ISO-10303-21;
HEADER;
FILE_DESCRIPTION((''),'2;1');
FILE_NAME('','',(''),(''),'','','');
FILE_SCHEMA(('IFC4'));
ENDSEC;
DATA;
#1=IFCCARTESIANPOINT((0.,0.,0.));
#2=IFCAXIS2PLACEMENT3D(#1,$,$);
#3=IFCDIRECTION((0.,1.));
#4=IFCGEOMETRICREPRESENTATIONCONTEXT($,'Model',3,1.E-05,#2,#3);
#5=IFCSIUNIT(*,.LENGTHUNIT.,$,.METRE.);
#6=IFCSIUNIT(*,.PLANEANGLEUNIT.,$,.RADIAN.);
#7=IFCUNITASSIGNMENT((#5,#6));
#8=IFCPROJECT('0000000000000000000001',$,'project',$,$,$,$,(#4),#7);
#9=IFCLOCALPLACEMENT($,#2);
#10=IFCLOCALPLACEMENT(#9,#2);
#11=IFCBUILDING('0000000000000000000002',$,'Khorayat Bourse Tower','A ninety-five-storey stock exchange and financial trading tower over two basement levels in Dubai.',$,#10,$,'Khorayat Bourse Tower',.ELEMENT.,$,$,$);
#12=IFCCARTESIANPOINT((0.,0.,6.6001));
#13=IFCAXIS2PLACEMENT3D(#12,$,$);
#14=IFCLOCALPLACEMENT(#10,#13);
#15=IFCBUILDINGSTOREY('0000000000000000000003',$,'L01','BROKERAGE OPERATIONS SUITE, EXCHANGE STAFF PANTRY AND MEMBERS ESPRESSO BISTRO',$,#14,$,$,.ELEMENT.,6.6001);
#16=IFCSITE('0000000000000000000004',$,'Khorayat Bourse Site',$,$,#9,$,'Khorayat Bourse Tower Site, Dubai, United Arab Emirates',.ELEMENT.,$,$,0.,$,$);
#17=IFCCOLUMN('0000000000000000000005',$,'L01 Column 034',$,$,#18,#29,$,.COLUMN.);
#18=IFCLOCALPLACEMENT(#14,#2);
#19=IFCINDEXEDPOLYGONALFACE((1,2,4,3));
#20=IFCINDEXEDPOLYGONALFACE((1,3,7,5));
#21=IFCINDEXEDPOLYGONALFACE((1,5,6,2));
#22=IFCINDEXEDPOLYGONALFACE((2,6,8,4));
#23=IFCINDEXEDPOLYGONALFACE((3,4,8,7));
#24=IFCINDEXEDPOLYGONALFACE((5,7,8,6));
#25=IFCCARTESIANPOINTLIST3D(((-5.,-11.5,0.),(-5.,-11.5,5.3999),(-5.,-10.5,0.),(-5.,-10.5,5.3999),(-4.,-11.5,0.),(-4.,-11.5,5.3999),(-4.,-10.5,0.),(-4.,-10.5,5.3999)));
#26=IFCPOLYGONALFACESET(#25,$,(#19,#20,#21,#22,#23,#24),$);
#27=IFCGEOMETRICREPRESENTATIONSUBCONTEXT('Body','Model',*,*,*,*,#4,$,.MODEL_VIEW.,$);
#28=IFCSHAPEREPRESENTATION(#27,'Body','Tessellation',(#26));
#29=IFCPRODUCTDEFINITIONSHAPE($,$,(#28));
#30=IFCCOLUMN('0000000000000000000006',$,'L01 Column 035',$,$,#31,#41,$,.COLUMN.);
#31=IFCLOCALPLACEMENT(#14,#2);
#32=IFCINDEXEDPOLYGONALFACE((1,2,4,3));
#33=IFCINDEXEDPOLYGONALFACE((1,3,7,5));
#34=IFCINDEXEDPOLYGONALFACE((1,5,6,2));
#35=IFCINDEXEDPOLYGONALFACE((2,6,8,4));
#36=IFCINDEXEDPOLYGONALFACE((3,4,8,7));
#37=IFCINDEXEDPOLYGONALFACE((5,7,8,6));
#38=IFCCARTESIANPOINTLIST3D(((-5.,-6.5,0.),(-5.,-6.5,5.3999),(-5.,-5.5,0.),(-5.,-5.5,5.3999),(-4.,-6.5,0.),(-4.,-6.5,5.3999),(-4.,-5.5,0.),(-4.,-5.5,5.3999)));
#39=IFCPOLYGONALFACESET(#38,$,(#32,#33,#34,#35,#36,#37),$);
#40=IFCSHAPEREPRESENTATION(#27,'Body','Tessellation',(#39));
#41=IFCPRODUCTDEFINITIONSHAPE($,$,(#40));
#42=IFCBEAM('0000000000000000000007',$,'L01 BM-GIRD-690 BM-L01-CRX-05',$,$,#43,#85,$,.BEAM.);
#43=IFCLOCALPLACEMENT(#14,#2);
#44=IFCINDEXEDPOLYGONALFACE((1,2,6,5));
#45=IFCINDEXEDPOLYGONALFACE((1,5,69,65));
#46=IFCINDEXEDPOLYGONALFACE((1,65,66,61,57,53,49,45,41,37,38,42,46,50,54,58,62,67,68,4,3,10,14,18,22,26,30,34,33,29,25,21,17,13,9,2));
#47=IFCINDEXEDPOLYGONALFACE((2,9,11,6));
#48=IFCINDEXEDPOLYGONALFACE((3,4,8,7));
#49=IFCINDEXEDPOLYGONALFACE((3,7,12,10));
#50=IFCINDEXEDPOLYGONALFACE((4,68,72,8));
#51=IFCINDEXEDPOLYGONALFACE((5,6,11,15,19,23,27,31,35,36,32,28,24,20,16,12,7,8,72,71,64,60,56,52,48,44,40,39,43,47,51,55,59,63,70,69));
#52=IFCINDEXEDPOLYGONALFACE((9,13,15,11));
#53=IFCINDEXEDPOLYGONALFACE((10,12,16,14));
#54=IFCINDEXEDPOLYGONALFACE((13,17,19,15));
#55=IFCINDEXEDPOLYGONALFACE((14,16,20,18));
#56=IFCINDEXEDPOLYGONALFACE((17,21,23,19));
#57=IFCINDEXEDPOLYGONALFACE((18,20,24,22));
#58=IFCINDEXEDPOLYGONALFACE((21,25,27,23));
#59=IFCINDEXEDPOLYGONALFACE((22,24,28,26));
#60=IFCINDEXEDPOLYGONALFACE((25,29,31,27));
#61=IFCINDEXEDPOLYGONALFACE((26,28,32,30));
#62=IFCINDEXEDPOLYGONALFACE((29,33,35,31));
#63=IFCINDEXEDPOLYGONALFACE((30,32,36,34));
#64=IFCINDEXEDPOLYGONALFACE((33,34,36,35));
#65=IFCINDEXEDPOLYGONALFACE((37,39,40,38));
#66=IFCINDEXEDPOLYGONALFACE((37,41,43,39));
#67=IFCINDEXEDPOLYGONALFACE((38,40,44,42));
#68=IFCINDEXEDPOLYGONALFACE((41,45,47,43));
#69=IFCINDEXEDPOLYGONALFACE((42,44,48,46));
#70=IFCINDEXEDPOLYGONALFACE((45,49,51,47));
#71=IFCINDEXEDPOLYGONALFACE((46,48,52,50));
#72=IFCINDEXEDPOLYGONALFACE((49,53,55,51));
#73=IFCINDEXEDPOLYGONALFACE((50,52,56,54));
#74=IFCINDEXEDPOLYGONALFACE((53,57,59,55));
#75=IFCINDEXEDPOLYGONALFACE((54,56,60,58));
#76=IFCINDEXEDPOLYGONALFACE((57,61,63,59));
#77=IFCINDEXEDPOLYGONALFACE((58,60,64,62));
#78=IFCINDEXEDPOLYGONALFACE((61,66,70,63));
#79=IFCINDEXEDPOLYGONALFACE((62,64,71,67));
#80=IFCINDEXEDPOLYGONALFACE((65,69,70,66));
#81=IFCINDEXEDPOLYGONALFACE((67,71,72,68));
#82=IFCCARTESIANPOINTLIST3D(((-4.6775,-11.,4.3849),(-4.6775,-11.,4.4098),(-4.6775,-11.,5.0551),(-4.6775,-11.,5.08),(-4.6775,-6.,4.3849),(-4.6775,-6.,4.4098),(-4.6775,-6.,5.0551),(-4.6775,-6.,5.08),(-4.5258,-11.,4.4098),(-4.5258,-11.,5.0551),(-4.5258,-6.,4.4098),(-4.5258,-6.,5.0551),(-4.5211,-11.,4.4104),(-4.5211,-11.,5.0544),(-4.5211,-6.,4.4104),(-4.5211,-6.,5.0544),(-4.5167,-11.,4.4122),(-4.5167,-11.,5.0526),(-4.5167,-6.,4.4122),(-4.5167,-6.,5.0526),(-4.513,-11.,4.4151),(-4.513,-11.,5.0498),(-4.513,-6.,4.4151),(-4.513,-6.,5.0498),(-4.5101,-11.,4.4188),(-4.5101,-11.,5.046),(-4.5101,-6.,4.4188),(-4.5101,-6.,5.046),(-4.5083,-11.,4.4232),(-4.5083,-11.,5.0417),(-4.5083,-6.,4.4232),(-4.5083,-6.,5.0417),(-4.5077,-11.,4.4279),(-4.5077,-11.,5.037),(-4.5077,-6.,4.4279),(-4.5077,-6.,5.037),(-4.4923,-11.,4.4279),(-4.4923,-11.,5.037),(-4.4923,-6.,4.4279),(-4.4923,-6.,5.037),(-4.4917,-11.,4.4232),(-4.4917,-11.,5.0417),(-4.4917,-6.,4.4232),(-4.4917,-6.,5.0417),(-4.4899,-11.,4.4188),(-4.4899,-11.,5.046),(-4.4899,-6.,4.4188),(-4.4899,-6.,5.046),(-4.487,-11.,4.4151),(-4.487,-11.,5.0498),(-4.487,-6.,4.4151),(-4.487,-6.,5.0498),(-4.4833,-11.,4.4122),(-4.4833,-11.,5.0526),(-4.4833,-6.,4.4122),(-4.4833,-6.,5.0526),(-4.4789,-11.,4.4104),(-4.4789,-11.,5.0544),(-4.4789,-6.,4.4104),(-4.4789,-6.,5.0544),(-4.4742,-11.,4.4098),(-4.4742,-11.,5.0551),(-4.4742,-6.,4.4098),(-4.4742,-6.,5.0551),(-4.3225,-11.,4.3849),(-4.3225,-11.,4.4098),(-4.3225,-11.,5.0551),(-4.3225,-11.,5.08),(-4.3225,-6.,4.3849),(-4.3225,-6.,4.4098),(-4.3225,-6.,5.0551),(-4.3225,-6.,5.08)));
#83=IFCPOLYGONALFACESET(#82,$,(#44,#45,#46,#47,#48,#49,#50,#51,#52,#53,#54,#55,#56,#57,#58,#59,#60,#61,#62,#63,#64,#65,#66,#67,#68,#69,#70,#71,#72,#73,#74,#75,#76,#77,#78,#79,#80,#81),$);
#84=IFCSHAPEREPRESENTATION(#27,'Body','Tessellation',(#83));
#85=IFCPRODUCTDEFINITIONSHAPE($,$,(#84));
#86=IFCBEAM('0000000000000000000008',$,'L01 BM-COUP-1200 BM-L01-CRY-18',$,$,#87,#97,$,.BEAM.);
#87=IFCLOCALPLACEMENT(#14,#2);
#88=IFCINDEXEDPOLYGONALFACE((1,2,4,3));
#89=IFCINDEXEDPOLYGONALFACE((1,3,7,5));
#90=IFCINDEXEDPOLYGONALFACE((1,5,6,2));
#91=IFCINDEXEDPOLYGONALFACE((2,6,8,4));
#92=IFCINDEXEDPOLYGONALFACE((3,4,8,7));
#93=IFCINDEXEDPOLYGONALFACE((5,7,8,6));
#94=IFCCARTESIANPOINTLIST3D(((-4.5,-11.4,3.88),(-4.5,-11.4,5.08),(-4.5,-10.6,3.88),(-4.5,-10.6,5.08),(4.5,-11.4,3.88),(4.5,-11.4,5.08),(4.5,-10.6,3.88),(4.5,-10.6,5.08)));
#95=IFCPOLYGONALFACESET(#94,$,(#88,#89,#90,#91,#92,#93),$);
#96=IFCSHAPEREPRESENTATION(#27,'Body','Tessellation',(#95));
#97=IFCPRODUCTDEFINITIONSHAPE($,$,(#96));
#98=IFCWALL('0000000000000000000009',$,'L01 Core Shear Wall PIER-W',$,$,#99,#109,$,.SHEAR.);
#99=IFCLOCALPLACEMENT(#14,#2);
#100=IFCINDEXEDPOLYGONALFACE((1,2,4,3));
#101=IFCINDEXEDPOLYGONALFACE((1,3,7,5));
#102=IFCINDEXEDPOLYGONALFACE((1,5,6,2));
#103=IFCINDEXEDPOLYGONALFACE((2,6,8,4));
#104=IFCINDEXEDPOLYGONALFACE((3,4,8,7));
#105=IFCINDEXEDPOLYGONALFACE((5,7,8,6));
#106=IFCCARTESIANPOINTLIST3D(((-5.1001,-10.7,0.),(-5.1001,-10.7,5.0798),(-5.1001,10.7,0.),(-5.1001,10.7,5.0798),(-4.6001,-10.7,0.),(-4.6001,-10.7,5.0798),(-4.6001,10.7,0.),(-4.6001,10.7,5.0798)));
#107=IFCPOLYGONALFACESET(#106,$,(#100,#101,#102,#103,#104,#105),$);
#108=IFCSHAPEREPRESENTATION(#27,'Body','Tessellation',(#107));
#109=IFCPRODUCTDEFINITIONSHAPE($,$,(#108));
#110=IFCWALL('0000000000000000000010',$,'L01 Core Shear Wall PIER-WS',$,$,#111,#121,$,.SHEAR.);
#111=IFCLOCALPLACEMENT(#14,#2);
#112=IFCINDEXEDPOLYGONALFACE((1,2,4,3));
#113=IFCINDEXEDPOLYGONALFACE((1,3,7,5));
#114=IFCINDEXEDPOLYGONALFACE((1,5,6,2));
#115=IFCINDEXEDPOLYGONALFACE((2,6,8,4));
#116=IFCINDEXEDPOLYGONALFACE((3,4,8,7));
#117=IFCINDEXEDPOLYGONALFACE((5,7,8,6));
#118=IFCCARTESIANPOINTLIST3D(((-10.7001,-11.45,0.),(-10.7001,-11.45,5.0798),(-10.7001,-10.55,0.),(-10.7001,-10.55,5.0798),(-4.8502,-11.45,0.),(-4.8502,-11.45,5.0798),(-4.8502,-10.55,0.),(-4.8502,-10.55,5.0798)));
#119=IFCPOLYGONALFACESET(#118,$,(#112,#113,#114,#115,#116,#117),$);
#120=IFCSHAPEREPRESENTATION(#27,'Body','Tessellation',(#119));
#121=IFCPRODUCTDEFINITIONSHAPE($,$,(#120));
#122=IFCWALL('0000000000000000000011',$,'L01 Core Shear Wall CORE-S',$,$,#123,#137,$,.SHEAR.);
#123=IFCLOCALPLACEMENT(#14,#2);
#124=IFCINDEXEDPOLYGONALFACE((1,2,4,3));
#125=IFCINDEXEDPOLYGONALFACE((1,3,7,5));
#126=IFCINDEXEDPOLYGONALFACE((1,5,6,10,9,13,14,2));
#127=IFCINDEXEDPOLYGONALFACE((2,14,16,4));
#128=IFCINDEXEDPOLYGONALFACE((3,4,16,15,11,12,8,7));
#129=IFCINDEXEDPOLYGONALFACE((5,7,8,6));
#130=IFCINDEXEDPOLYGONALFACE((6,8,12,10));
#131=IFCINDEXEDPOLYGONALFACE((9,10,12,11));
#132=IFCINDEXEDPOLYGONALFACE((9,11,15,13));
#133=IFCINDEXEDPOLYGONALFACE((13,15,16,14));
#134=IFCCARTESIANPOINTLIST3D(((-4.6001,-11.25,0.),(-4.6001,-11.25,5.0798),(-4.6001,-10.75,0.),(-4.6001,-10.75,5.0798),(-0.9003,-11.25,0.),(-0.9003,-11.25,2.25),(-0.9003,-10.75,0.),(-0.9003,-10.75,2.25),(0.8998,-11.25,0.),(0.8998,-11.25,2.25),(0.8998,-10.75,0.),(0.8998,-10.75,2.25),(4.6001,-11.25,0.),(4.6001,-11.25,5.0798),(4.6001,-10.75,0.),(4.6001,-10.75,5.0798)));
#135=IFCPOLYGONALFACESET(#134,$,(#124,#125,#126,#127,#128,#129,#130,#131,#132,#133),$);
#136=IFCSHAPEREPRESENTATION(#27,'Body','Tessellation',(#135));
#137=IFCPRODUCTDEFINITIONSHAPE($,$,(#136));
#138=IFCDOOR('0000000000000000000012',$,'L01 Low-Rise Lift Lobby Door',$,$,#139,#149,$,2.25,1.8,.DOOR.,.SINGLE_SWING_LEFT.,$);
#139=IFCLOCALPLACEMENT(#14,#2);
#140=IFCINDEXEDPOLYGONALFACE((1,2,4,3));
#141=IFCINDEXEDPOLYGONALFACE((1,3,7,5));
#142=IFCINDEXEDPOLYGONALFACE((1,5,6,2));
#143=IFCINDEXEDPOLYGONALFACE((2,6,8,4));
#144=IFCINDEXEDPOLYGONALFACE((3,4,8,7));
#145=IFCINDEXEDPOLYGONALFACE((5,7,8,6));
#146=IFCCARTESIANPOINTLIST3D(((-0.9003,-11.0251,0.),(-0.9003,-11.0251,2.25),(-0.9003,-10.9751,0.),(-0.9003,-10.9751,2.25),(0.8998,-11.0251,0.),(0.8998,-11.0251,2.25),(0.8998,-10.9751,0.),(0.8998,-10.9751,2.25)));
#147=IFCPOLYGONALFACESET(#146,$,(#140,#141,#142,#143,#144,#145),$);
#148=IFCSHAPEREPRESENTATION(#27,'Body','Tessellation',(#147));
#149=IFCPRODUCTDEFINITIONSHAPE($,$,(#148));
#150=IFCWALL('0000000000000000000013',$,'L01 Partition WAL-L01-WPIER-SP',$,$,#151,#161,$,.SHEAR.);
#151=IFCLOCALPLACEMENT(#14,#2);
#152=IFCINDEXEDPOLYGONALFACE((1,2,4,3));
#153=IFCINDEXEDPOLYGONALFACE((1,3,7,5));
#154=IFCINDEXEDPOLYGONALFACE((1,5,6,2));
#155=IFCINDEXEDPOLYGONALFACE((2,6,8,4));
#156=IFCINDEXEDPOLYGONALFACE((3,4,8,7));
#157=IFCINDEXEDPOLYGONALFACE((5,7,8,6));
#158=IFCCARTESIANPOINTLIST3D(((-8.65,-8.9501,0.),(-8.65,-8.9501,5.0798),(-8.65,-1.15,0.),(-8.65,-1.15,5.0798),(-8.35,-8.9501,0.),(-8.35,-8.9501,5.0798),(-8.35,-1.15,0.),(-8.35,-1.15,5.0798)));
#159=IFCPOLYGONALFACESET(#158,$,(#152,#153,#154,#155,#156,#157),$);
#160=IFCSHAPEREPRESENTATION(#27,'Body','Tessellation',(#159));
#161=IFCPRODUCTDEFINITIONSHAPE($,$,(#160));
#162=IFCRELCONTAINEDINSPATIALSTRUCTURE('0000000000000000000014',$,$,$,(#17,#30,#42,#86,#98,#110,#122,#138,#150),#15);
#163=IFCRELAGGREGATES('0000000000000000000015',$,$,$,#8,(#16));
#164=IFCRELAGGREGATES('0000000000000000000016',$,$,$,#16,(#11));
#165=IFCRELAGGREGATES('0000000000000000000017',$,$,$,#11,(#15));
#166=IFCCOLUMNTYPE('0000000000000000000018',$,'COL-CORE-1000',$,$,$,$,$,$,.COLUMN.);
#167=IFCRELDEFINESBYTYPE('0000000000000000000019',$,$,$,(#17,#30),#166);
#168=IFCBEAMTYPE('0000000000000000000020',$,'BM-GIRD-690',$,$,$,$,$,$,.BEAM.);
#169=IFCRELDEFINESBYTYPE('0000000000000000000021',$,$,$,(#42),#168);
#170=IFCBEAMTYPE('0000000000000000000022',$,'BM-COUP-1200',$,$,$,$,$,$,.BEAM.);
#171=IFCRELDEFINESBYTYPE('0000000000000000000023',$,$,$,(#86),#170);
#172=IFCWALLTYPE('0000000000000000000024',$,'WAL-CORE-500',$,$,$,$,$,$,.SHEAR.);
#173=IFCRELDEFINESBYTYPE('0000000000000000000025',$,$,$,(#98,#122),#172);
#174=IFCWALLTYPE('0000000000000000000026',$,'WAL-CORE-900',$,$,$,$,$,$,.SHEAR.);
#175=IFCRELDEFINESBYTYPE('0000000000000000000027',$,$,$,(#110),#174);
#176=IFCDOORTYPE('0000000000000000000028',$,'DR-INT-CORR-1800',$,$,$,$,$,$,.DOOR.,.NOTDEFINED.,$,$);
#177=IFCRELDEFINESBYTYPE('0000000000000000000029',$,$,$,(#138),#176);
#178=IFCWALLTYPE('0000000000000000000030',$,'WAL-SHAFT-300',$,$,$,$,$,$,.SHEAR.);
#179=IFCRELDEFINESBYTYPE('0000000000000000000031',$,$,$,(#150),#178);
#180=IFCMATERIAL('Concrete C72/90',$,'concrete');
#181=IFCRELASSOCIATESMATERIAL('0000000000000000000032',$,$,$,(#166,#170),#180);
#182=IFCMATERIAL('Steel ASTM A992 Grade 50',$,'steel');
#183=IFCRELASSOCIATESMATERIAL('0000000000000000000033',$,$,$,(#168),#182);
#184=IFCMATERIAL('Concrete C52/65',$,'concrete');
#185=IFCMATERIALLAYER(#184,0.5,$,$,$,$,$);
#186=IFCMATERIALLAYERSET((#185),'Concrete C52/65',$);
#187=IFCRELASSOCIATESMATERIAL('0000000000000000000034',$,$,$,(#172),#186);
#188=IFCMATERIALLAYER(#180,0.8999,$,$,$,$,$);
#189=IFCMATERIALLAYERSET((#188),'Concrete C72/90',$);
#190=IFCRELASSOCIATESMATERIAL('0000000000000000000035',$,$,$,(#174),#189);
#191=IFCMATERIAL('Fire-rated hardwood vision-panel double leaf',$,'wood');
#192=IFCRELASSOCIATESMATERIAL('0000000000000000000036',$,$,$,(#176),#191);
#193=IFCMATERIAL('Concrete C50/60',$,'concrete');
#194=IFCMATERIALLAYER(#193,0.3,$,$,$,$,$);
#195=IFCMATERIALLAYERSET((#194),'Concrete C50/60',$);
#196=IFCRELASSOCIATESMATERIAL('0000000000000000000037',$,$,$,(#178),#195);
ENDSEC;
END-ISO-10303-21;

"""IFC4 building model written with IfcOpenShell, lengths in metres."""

from ifc_helpers import new_model, si_unit, direction, frame, frame_2d, origin, origin_2d, place, context, subcontext, project, spatial, rectangle, i_section, extrude, source, transform, mapped, material, layer, layer_set, material_profile, profile_set, type_object, element, fill, save


model = new_model("IFC4")

# Units and contexts
model_context = context("Model", 3, precision=1e-05, world=origin(), true_north=direction((0.0, 1.0)))
body_context = subcontext(model_context, "Body", "Model", "MODEL_VIEW")
ifc_project = project(units=[si_unit("LENGTHUNIT", "METRE"), si_unit("PLANEANGLEUNIT", "RADIAN")], contexts=[model_context])

# Site, building, storey
site_placement = place(None, origin())
site = spatial("IfcSite", under=ifc_project, at=site_placement, Name="Khorayat Bourse Site", LongName="Khorayat Bourse Tower Site, Dubai, United Arab Emirates", CompositionType="ELEMENT", RefElevation=0.0)
building_placement = place(site_placement, origin())
building = spatial("IfcBuilding", under=site, at=building_placement, Name="Khorayat Bourse Tower", Description="A ninety-five-storey stock exchange and financial trading tower over two basement levels in Dubai.", LongName="Khorayat Bourse Tower", CompositionType="ELEMENT")
storey_placement = place(building_placement, frame((0.0, 0.0, 6.6001)))
storey = spatial("IfcBuildingStorey", under=building, at=storey_placement, Name="L01", Description="BROKERAGE OPERATIONS SUITE, EXCHANGE STAFF PANTRY AND MEMBERS ESPRESSO BISTRO", CompositionType="ELEMENT", Elevation=6.6001)

# Columns
ifc_material_1 = material(Name="Concrete C72/90", Category="concrete")
ifc_material_profile_1 = material_profile(ifc_material_1, rectangle(XDim=1.0, YDim=1.0, at=origin_2d()), Name="RC 1000x1000")
ifc_profile_set_1 = profile_set([ifc_material_profile_1], Name="Concrete C72/90")
column_type = type_object("IfcColumnType", Name="COL-CORE-1000", PredefinedType="COLUMN", material=ifc_profile_set_1)
shared_shape_1 = source(origin(), body_context, "Body", "SweptSolid", [
    extrude(rectangle(XDim=1.0, YDim=1.0, at=origin_2d()), origin(), (0.0, 0.0, 1.0), 5.3999),
])
for number, where, z_axis, x_axis, name in (
    (1, (-4.5, -11.0, 0.0), (0.0, 0.0, 1.0), (1.0, 0.0, 0.0), "L01 Column 034"),
    (2, (-4.5, -6.0, 0.0), (0.0, 0.0, 1.0), (1.0, 0.0, 0.0), "L01 Column 035"),
):
    element("IfcColumn", number, at=place(storey_placement, frame(where, z_axis=z_axis, x_axis=x_axis)), inside=storey, type_object=column_type, Name=name, PredefinedType="COLUMN", context=body_context, shape_type="MappedRepresentation", body=[
        mapped(shared_shape_1, transform((0.0, 0.0, 0.0), scale=1.0)),
    ])

# Beams
ifc_material_2 = material(Name="Steel ASTM A992 Grade 50", Category="steel")
ifc_material_profile_2 = material_profile(ifc_material_2, i_section(OverallWidth=0.355, OverallDepth=0.6951, WebThickness=0.0154, FlangeThickness=0.0249, FilletRadius=0.0181, at=origin_2d()), Name="W690X217")
ifc_profile_set_2 = profile_set([ifc_material_profile_2], Name="Steel ASTM A992 Grade 50")
beam_type_1 = type_object("IfcBeamType", Name="BM-GIRD-690", PredefinedType="BEAM", material=ifc_profile_set_2)
shared_shape_2 = source(origin(), body_context, "Body", "SweptSolid", [
    extrude(i_section(OverallWidth=0.355, OverallDepth=0.6951, WebThickness=0.0154, FlangeThickness=0.0249, FilletRadius=0.0181, at=origin_2d()), origin(), (0.0, 0.0, 1.0), 5.0),
])
beam_1_placement = place(storey_placement, frame((-4.5, -11.0, 4.7324), z_axis=(0.0, 1.0, 0.0), x_axis=(-1.0, 0.0, 0.0)))
element("IfcBeam", 3, at=beam_1_placement, inside=storey, type_object=beam_type_1, Name="L01 BM-GIRD-690 BM-L01-CRX-05", PredefinedType="BEAM", context=body_context, shape_type="MappedRepresentation", body=[
    mapped(shared_shape_2, transform((0.0, 0.0, 0.0), scale=1.0)),
])
ifc_material_profile_3 = material_profile(ifc_material_1, rectangle(XDim=0.8, YDim=1.2, at=origin_2d()), Name="RC 800x1200")
ifc_profile_set_3 = profile_set([ifc_material_profile_3], Name="Concrete C72/90")
beam_type_2 = type_object("IfcBeamType", Name="BM-COUP-1200", PredefinedType="BEAM", material=ifc_profile_set_3)
shared_shape_3 = source(origin(), body_context, "Body", "SweptSolid", [
    extrude(rectangle(XDim=0.8, YDim=1.2, at=origin_2d()), origin(), (0.0, 0.0, 1.0), 9.0),
])
beam_2_placement = place(storey_placement, frame((-4.5, -11.0, 4.48), z_axis=(1.0, 0.0, 0.0), x_axis=(0.0, 1.0, 0.0)))
element("IfcBeam", 4, at=beam_2_placement, inside=storey, type_object=beam_type_2, Name="L01 BM-COUP-1200 BM-L01-CRY-18", PredefinedType="BEAM", context=body_context, shape_type="MappedRepresentation", body=[
    mapped(shared_shape_3, transform((0.0, 0.0, 0.0), scale=1.0)),
])

# Walls
ifc_material_3 = material(Name="Concrete C52/65", Category="concrete")
ifc_layer_1 = layer(ifc_material_3, 0.5)
ifc_layer_set_1 = layer_set([ifc_layer_1], Name="Concrete C52/65")
wall_type_1 = type_object("IfcWallType", Name="WAL-CORE-500", PredefinedType="SHEAR", material=ifc_layer_set_1)
shared_shape_4 = source(origin(), body_context, "Body", "SweptSolid", [
    extrude(rectangle(XDim=21.3999, YDim=0.5, at=frame_2d((10.7, 0.0))), origin(), (0.0, 0.0, 1.0), 5.0798),
])
wall_1_placement = place(storey_placement, frame((-4.8501, -10.7, 0.0), z_axis=(0.0, 0.0, 1.0), x_axis=(0.0, 1.0, 0.0)))
element("IfcWall", 5, at=wall_1_placement, inside=storey, type_object=wall_type_1, Name="L01 Core Shear Wall PIER-W", PredefinedType="SHEAR", context=body_context, shape_type="MappedRepresentation", body=[
    mapped(shared_shape_4, transform((0.0, 0.0, 0.0), scale=1.0)),
])
ifc_layer_2 = layer(ifc_material_1, 0.8999)
ifc_layer_set_2 = layer_set([ifc_layer_2], Name="Concrete C72/90")
wall_type_2 = type_object("IfcWallType", Name="WAL-CORE-900", PredefinedType="SHEAR", material=ifc_layer_set_2)
shared_shape_5 = source(origin(), body_context, "Body", "SweptSolid", [
    extrude(rectangle(XDim=5.8499, YDim=0.8999, at=frame_2d((2.9248, 0.0))), origin(), (0.0, 0.0, 1.0), 5.0798),
])
wall_2_placement = place(storey_placement, frame((-10.7, -11.0, 0.0), z_axis=(0.0, 0.0, 1.0), x_axis=(1.0, 0.0, 0.0)))
element("IfcWall", 6, at=wall_2_placement, inside=storey, type_object=wall_type_2, Name="L01 Core Shear Wall PIER-WS", PredefinedType="SHEAR", context=body_context, shape_type="MappedRepresentation", body=[
    mapped(shared_shape_5, transform((0.0, 0.0, 0.0), scale=1.0)),
])

# Wall, opening, door
shared_shape_6 = source(origin(), body_context, "Body", "SweptSolid", [
    extrude(rectangle(XDim=9.2002, YDim=0.5, at=frame_2d((4.6001, 0.0))), origin(), (0.0, 0.0, 1.0), 5.0798),
])
wall_3_placement = place(storey_placement, frame((-4.6001, -11.0, 0.0), z_axis=(0.0, 0.0, 1.0), x_axis=(1.0, 0.0, 0.0)))
wall_3 = element("IfcWall", 7, at=wall_3_placement, inside=storey, type_object=wall_type_1, Name="L01 Core Shear Wall CORE-S", PredefinedType="SHEAR", context=body_context, shape_type="MappedRepresentation", body=[
    mapped(shared_shape_6, transform((0.0, 0.0, 0.0), scale=1.0)),
])
shared_shape_7 = source(origin(), body_context, "Body", "SweptSolid", [
    extrude(rectangle(XDim=1.8, YDim=2.25, at=frame_2d((0.8999, 1.125))), frame((0.0, 0.26, 0.0), z_axis=(0.0, -1.0, 0.0), x_axis=(1.0, 0.0, 0.0)), (0.0, 0.0, 1.0), 0.52),
])
opening_1_placement = place(wall_3_placement, frame((3.7, 0.0, 0.0)))
opening_1 = element("IfcOpeningElement", 8, at=opening_1_placement, cuts=wall_3, PredefinedType="OPENING", context=body_context, shape_type="MappedRepresentation", body=[
    mapped(shared_shape_7, transform((0.0, 0.0, 0.0), scale=1.0)),
])
ifc_material_4 = material(Name="Fire-rated hardwood vision-panel double leaf", Category="wood")
door_type_1 = type_object("IfcDoorType", Name="DR-INT-CORR-1800", OperationType="NOTDEFINED", PredefinedType="DOOR", material=ifc_material_4)
shared_shape_8 = source(origin(), body_context, "Body", "SweptSolid", [
    extrude(rectangle(XDim=1.8, YDim=2.25, at=frame_2d((0.8999, 1.125))), frame((0.0, 0.0249, 0.0), z_axis=(0.0, -1.0, 0.0), x_axis=(1.0, 0.0, 0.0)), (0.0, 0.0, 1.0), 0.05),
])
door_1_placement = place(opening_1_placement, origin())
door_1 = element("IfcDoor", 9, at=door_1_placement, inside=storey, type_object=door_type_1, Name="L01 Low-Rise Lift Lobby Door", OperationType="SINGLE_SWING_LEFT", OverallHeight=2.25, OverallWidth=1.8, PredefinedType="DOOR", context=body_context, shape_type="MappedRepresentation", body=[
    mapped(shared_shape_8, transform((0.0, 0.0, 0.0), scale=1.0)),
])
fill(opening_1, door_1)

# Wall
ifc_material_5 = material(Name="Concrete C50/60", Category="concrete")
ifc_layer_3 = layer(ifc_material_5, 0.3)
ifc_layer_set_3 = layer_set([ifc_layer_3], Name="Concrete C50/60")
wall_type_3 = type_object("IfcWallType", Name="WAL-SHAFT-300", PredefinedType="SHEAR", material=ifc_layer_set_3)
shared_shape_9 = source(origin(), body_context, "Body", "SweptSolid", [
    extrude(rectangle(XDim=7.8, YDim=0.3, at=frame_2d((3.8999, 0.0))), origin(), (0.0, 0.0, 1.0), 5.0798),
])
wall_4_placement = place(storey_placement, frame((-8.5, -8.95, 0.0), z_axis=(0.0, 0.0, 1.0), x_axis=(0.0, 1.0, 0.0)))
element("IfcWall", 10, at=wall_4_placement, inside=storey, type_object=wall_type_3, Name="L01 Partition WAL-L01-WPIER-SP", PredefinedType="SHEAR", context=body_context, shape_type="MappedRepresentation", body=[
    mapped(shared_shape_9, transform((0.0, 0.0, 0.0), scale=1.0)),
])

save(model, "model.ifc")
